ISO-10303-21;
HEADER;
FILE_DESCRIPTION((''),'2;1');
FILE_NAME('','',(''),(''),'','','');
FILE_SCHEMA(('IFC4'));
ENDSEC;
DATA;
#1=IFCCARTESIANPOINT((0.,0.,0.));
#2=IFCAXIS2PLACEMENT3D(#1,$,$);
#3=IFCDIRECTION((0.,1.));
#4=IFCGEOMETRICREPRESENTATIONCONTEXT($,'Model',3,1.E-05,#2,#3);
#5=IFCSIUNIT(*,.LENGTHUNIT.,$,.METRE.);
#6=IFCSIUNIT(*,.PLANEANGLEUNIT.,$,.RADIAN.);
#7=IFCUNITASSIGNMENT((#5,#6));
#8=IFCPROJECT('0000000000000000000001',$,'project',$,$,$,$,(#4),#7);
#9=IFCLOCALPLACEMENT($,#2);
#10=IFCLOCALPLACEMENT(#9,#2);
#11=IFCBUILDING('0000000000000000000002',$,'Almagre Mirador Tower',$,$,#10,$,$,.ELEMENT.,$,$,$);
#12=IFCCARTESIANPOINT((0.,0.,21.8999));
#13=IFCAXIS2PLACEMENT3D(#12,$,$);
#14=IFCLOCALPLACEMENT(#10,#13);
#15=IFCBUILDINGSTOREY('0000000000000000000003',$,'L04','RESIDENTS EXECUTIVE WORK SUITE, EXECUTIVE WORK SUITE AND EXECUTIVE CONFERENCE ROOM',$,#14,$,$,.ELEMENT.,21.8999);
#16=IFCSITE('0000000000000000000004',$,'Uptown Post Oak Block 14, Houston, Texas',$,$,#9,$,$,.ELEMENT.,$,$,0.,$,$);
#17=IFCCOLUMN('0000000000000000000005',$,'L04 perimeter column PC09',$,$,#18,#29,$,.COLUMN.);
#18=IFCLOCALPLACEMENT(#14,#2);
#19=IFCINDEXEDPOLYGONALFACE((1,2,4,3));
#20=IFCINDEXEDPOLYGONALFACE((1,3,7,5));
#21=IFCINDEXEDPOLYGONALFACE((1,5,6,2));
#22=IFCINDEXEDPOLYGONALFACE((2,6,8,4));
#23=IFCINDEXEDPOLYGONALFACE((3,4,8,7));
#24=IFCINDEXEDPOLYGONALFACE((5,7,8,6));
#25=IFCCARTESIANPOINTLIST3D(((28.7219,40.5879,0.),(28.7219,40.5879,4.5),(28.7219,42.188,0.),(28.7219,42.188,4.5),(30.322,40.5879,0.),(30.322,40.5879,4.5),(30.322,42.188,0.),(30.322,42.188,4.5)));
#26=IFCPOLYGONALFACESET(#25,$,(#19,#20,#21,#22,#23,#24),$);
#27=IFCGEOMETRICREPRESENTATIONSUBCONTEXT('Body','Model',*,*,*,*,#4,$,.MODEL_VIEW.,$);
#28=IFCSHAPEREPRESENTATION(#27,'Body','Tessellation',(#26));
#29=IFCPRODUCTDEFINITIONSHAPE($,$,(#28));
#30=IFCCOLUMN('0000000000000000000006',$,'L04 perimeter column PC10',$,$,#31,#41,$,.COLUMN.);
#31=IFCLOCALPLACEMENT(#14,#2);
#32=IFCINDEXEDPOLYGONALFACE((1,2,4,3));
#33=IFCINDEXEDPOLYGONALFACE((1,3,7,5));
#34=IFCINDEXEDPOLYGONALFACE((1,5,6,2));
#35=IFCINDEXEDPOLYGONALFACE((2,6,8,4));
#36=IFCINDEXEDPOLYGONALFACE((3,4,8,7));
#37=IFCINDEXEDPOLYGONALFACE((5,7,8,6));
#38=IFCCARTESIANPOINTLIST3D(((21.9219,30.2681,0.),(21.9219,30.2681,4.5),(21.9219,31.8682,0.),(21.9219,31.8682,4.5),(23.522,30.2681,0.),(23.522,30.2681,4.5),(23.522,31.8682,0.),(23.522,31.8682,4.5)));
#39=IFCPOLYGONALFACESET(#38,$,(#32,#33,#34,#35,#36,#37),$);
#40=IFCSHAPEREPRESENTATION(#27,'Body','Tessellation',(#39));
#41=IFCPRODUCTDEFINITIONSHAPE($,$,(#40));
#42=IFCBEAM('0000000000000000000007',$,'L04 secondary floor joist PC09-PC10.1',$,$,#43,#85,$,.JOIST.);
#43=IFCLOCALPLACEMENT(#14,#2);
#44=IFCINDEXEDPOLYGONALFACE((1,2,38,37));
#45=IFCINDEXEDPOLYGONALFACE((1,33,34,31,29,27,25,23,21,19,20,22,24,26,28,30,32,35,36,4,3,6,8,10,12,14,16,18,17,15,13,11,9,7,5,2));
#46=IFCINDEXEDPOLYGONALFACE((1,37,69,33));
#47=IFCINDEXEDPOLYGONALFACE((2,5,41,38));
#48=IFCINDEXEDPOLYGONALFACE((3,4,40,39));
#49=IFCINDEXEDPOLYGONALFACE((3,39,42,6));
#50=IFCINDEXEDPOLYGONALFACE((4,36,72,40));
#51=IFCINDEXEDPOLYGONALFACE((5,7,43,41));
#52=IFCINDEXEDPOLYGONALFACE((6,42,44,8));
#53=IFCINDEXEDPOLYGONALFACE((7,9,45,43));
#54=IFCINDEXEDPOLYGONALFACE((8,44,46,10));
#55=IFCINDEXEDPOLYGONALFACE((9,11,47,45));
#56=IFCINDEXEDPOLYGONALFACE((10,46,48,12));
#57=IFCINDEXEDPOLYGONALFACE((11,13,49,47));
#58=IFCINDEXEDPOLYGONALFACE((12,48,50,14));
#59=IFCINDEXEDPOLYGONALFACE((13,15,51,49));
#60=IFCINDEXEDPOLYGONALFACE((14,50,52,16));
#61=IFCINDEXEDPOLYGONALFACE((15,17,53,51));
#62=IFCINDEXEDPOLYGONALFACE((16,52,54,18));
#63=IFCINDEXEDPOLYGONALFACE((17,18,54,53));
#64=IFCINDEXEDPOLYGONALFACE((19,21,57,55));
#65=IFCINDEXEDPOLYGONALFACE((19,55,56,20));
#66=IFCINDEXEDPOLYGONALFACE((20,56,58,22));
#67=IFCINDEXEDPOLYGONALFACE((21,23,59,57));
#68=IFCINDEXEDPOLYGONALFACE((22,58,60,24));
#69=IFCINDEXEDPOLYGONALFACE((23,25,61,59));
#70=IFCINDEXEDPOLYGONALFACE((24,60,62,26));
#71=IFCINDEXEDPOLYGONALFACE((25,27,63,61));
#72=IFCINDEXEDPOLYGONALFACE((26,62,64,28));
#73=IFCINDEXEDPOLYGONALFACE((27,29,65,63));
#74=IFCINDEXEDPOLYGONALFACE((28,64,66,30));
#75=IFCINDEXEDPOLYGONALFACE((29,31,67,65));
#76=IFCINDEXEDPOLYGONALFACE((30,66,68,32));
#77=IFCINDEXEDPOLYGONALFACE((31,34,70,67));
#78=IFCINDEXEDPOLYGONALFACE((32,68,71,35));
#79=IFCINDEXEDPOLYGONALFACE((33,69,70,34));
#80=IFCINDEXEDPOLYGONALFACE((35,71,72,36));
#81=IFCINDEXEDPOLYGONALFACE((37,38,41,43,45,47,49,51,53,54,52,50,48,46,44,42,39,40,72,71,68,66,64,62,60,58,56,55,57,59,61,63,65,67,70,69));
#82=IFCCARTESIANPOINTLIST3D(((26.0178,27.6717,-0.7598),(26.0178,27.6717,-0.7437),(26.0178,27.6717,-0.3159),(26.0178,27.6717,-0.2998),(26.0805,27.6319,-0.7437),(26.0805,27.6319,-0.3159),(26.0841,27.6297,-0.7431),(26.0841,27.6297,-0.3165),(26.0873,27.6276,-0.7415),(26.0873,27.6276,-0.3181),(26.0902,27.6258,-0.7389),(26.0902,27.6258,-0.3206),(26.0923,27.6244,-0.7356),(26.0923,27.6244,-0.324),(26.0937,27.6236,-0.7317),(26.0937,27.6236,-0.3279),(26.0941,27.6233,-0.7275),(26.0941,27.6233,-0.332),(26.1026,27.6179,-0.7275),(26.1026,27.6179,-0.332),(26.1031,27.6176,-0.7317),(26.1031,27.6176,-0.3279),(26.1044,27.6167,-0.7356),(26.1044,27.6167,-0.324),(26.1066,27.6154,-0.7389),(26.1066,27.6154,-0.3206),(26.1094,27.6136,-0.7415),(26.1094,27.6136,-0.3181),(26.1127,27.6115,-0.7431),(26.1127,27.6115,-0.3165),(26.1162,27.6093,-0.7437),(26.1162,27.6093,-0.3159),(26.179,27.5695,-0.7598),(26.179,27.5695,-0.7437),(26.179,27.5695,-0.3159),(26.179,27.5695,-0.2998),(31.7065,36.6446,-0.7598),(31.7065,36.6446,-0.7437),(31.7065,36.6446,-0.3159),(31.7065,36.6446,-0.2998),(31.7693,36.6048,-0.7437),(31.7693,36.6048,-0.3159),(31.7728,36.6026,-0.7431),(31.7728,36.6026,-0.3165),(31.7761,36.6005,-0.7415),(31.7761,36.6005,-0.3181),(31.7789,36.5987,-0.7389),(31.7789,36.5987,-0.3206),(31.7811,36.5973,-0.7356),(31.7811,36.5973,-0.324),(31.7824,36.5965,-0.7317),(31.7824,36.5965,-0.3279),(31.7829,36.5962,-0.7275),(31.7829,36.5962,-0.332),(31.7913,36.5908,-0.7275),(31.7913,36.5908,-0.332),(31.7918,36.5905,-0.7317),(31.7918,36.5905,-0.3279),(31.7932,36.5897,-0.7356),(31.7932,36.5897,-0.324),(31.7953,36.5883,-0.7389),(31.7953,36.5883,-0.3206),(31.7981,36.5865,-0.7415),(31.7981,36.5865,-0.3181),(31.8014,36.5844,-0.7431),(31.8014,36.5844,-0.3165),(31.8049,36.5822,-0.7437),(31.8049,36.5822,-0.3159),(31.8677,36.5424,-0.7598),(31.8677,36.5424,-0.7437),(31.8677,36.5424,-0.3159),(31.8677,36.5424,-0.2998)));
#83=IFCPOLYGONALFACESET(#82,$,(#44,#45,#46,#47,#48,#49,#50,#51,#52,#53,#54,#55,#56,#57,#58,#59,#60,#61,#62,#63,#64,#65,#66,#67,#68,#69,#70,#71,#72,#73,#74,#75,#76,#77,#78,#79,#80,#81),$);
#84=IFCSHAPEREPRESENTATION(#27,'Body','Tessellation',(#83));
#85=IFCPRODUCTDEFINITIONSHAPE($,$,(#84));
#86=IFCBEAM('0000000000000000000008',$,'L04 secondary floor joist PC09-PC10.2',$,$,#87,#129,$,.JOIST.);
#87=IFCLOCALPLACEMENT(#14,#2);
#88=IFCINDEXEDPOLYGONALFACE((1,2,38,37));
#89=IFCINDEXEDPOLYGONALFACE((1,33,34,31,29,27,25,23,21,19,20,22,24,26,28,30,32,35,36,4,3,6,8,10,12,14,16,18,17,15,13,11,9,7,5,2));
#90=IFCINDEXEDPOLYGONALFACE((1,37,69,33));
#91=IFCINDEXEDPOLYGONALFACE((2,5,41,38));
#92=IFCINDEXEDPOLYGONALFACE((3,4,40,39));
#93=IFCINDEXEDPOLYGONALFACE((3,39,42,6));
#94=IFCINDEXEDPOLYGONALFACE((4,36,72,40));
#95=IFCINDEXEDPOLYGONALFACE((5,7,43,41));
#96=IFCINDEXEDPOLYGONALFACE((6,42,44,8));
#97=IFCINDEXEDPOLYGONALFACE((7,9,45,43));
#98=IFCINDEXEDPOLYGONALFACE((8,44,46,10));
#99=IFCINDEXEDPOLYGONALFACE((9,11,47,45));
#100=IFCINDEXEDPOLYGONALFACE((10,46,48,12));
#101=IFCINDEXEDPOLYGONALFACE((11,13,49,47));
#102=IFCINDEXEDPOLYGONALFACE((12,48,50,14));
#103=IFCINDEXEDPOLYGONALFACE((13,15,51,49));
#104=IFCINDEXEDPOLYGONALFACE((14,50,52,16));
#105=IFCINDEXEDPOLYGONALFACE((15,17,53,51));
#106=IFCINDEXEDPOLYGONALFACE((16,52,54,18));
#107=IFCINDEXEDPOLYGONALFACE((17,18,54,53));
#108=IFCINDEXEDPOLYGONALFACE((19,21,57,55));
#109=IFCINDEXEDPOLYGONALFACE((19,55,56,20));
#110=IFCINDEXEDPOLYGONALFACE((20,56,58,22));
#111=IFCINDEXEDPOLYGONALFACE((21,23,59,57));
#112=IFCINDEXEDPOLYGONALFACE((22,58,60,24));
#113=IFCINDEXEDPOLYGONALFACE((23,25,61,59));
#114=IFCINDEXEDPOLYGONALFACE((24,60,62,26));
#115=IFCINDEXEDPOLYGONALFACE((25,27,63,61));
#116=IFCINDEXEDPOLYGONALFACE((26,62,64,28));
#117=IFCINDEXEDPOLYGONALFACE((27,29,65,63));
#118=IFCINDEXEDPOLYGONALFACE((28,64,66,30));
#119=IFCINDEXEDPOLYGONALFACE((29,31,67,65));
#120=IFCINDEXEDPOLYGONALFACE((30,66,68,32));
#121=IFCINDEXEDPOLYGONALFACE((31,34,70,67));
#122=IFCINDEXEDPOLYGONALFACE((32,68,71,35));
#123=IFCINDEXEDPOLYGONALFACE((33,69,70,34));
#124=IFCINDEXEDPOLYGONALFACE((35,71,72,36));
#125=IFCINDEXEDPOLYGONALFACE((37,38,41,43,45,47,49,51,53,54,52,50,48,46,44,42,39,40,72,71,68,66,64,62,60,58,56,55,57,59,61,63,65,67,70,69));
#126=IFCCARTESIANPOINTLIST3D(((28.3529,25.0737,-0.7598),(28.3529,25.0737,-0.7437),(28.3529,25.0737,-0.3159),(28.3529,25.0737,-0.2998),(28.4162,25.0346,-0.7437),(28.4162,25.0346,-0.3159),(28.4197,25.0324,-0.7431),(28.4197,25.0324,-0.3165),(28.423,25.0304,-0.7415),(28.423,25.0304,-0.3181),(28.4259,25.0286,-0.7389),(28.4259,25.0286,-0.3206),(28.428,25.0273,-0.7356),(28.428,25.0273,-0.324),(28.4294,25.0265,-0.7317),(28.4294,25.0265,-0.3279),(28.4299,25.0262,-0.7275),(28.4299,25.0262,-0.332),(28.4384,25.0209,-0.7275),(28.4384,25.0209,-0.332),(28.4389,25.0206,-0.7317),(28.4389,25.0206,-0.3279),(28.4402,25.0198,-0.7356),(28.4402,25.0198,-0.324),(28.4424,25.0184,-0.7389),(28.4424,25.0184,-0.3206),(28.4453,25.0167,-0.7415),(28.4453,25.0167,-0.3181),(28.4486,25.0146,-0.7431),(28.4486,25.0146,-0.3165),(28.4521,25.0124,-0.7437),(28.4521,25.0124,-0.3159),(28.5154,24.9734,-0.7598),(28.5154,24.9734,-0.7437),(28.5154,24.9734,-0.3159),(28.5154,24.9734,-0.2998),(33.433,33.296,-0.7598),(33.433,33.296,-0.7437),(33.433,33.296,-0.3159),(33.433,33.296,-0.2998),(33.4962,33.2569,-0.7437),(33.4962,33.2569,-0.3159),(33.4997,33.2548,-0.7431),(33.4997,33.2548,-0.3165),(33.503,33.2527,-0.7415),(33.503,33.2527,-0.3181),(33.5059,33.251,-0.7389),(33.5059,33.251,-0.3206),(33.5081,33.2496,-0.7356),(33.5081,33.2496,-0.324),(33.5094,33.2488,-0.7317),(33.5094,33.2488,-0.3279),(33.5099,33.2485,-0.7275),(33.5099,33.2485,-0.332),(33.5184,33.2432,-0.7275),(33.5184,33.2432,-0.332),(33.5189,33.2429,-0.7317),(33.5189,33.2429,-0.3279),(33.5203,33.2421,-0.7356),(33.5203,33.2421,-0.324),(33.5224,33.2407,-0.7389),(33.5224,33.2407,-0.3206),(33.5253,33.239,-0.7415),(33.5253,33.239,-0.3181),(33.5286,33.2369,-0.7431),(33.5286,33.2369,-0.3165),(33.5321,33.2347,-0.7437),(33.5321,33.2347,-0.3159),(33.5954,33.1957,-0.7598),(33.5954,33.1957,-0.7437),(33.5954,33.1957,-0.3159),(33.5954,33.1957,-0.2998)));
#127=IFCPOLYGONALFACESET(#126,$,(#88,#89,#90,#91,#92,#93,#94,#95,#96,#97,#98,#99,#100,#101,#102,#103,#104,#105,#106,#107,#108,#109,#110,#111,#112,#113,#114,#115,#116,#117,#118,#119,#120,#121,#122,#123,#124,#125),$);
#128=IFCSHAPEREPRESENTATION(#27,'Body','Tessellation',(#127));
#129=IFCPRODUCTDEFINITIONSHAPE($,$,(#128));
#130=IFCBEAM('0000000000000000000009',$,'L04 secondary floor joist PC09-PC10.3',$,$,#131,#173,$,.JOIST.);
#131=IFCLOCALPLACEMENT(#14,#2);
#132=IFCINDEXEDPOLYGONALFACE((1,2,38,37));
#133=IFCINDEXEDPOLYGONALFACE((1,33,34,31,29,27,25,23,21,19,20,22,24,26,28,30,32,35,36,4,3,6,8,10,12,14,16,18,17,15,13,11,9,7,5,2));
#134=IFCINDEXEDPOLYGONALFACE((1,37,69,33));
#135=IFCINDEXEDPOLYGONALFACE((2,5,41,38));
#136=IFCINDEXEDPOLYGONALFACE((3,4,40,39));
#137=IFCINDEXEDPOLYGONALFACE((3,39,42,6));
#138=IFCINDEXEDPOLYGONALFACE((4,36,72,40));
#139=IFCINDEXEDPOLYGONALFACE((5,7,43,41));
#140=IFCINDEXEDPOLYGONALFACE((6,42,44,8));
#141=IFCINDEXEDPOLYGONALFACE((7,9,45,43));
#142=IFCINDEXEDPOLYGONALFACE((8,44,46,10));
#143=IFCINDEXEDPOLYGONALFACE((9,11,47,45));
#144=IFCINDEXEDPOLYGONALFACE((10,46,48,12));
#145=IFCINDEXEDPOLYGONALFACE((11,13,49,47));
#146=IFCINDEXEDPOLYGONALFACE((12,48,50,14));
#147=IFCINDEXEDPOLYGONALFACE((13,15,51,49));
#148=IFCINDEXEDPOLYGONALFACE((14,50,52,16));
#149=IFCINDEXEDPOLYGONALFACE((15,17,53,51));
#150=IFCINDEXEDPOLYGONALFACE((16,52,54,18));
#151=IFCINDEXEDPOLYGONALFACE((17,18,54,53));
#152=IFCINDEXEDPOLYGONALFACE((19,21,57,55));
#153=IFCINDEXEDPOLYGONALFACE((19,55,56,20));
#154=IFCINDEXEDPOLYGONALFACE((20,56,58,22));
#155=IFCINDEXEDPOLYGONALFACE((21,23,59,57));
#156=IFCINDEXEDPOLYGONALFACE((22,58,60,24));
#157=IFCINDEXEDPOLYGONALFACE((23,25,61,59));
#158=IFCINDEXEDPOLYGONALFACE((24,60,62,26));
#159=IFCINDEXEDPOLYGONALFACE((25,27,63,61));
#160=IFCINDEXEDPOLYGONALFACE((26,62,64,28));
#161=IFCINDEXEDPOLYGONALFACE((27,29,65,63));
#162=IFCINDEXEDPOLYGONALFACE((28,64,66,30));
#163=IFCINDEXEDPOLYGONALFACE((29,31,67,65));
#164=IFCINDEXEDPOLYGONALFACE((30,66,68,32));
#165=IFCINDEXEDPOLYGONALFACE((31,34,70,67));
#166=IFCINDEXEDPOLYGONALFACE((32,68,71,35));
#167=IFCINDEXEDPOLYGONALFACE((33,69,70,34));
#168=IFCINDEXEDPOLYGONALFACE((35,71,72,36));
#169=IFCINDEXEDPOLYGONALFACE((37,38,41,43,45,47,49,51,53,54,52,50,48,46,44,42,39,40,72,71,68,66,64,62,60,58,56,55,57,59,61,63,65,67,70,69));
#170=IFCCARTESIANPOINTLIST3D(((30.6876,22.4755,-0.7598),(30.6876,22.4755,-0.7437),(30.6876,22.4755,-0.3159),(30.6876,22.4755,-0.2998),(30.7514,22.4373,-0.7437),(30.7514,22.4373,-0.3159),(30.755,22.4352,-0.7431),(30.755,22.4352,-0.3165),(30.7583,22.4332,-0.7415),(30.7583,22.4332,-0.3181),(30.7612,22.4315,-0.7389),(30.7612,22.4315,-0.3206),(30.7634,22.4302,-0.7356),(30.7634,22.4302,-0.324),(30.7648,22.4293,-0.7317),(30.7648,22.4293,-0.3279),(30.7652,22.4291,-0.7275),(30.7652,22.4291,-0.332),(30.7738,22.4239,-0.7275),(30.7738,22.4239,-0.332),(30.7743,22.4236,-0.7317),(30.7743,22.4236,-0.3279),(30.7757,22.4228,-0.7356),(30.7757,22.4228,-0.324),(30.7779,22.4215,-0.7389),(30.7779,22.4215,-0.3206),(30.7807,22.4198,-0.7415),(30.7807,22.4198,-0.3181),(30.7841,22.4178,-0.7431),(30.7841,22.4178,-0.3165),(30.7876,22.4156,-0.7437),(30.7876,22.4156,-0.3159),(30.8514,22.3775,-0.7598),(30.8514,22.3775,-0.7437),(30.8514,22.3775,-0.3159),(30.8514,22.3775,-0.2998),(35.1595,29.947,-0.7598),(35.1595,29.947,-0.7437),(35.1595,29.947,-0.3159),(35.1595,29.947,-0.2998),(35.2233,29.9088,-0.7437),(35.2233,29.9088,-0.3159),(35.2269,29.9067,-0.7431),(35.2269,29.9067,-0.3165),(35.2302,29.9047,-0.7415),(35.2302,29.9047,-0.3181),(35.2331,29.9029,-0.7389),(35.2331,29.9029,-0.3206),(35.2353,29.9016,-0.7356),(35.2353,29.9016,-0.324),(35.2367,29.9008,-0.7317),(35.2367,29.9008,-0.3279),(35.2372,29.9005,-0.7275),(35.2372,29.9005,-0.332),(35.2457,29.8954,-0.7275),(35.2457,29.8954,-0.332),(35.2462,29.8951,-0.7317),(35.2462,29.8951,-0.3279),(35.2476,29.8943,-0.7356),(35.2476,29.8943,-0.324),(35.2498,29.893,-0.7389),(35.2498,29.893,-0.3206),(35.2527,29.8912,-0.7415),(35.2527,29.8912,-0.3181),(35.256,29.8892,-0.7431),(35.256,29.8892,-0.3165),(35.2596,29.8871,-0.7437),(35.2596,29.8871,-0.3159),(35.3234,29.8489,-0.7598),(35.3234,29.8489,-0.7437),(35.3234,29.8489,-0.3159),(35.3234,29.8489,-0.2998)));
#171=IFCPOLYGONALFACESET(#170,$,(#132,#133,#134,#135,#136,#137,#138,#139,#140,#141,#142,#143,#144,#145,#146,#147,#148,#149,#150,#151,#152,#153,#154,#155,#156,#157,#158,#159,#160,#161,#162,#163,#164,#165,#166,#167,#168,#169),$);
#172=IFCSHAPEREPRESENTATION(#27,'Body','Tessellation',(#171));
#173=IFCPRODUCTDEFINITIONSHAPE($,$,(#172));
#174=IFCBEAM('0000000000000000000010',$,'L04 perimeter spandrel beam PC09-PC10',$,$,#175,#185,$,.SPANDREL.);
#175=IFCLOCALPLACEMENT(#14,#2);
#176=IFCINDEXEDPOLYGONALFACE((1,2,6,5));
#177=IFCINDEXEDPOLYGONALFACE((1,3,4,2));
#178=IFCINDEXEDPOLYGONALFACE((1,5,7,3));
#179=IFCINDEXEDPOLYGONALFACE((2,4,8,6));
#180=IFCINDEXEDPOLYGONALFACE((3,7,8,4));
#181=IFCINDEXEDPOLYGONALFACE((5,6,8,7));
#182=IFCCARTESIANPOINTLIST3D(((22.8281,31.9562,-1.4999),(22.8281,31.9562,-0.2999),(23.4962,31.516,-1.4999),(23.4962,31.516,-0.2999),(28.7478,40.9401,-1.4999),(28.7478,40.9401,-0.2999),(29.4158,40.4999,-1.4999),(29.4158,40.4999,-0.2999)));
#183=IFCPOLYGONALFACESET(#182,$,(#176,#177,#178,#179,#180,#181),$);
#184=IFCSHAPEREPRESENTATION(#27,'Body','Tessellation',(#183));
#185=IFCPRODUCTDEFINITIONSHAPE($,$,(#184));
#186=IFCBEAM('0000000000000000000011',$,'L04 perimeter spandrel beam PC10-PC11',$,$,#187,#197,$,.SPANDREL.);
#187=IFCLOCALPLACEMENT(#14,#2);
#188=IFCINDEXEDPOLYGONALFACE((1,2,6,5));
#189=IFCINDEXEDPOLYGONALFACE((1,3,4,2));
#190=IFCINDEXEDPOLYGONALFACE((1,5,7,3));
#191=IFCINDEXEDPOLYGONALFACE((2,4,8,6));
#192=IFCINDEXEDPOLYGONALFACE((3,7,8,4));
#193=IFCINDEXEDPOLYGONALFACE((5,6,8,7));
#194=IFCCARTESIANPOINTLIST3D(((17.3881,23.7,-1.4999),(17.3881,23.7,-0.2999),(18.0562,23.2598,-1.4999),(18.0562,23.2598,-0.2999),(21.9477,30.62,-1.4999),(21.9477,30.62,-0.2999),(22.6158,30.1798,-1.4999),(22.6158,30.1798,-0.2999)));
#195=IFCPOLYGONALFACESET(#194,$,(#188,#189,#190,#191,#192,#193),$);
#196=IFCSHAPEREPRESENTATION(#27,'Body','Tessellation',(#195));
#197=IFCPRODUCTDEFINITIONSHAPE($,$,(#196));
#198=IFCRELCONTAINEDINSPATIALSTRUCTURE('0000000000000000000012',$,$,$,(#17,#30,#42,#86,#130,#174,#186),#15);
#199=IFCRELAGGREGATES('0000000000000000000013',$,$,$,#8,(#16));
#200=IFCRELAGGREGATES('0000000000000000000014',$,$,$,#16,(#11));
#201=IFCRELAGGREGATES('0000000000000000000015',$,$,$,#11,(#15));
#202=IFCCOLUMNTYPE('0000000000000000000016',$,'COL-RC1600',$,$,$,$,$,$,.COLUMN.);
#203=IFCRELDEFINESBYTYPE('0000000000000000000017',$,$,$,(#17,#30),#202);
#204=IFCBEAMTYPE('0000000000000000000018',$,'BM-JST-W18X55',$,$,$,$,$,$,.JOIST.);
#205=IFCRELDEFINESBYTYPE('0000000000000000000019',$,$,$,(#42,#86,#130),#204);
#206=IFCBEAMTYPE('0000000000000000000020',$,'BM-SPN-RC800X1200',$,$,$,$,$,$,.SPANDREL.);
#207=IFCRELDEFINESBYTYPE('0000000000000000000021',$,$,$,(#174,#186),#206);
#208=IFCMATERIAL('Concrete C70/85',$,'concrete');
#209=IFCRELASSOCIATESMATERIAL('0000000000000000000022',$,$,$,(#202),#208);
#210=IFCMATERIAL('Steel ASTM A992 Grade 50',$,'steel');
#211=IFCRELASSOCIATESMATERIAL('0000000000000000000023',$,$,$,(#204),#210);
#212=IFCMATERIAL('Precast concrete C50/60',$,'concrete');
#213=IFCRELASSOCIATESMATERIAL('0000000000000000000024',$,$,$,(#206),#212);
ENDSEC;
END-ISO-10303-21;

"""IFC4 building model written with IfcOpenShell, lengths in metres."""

from ifc_helpers import new_model, si_unit, direction, frame, origin, origin_2d, place, context, subcontext, project, spatial, rectangle, i_section, extrude, material, material_profile, profile_set, type_object, element, save


model = new_model("IFC4")

# Units and contexts
model_context = context("Model", 3, precision=1e-05, world=origin(), true_north=direction((0.0, 1.0)))
body_context = subcontext(model_context, "Body", "Model", "MODEL_VIEW")
ifc_project = project(units=[si_unit("LENGTHUNIT", "METRE"), si_unit("PLANEANGLEUNIT", "RADIAN")], contexts=[model_context])

# Site, building, storey
site_placement = place(None, origin())
site = spatial("IfcSite", under=ifc_project, at=site_placement, Name="Uptown Post Oak Block 14, Houston, Texas", CompositionType="ELEMENT", RefElevation=0.0)
building_placement = place(site_placement, origin())
building = spatial("IfcBuilding", under=site, at=building_placement, Name="Almagre Mirador Tower", CompositionType="ELEMENT")
storey_placement = place(building_placement, frame((0.0, 0.0, 21.8999)))
storey = spatial("IfcBuildingStorey", under=building, at=storey_placement, Name="L04", Description="RESIDENTS EXECUTIVE WORK SUITE, EXECUTIVE WORK SUITE AND EXECUTIVE CONFERENCE ROOM", CompositionType="ELEMENT", Elevation=21.8999)

# Columns
ifc_material_1 = material(Name="Concrete C70/85", Category="concrete")
ifc_material_profile_1 = material_profile(ifc_material_1, rectangle(XDim=1.6001, YDim=1.6001, at=origin_2d()), Name="RC1600X1600")
ifc_profile_set_1 = profile_set([ifc_material_profile_1], Name="Concrete C70/85")
column_type = type_object("IfcColumnType", Name="COL-RC1600", PredefinedType="COLUMN", material=ifc_profile_set_1)
for number, where, z_axis, x_axis, name in (
    (1, (29.522, 41.3879, 0.0), (0.0, 0.0, 1.0), (1.0, 0.0, 0.0), "L04 perimeter column PC09"),
    (2, (22.7219, 31.0681, 0.0), (0.0, 0.0, 1.0), (1.0, 0.0, 0.0), "L04 perimeter column PC10"),
):
    element("IfcColumn", number, at=place(storey_placement, frame(where, z_axis=z_axis, x_axis=x_axis)), inside=storey, type_object=column_type, Name=name, PredefinedType="COLUMN", context=body_context, shape_type="SweptSolid", body=[
        extrude(rectangle(XDim=1.6001, YDim=1.6001, at=origin_2d()), origin(), (0.0, 0.0, 1.0), 4.5),
    ])

# Beams
ifc_material_2 = material(Name="Steel ASTM A992 Grade 50", Category="steel")
ifc_material_profile_2 = material_profile(ifc_material_2, i_section(OverallWidth=0.1909, OverallDepth=0.46, WebThickness=0.01, FlangeThickness=0.0161, FilletRadius=0.0161, at=origin_2d()), Name="W18X55")
ifc_profile_set_2 = profile_set([ifc_material_profile_2], Name="Steel ASTM A992 Grade 50")
beam_type_1 = type_object("IfcBeamType", Name="BM-JST-W18X55", PredefinedType="JOIST", material=ifc_profile_set_2)
beam_1_placement = place(storey_placement, frame((31.7871, 36.5935, -0.5298), z_axis=(-0.535447, -0.844569, 0.0), x_axis=(0.844569, -0.535447, 0.0)))
element("IfcBeam", 3, at=beam_1_placement, inside=storey, type_object=beam_type_1, Name="L04 secondary floor joist PC09-PC10.1", PredefinedType="JOIST", context=body_context, shape_type="SweptSolid", body=[
    extrude(i_section(OverallWidth=0.1909, OverallDepth=0.46, WebThickness=0.01, FlangeThickness=0.0161, FilletRadius=0.0161, at=origin_2d()), origin(), (0.0, 0.0, 1.0), 10.6243),
])
beam_2_placement = place(storey_placement, frame((33.5142, 33.2458, -0.5298), z_axis=(-0.525607, -0.850727, 0.0), x_axis=(0.850727, -0.525607, 0.0)))
element("IfcBeam", 4, at=beam_2_placement, inside=storey, type_object=beam_type_1, Name="L04 secondary floor joist PC09-PC10.2", PredefinedType="JOIST", context=body_context, shape_type="SweptSolid", body=[
    extrude(i_section(OverallWidth=0.1909, OverallDepth=0.46, WebThickness=0.01, FlangeThickness=0.0161, FilletRadius=0.0161, at=origin_2d()), origin(), (0.0, 0.0, 1.0), 9.665),
])
beam_3_placement = place(storey_placement, frame((35.2415, 29.8979, -0.5298), z_axis=(-0.513572, -0.858047, 0.0), x_axis=(0.858047, -0.513572, 0.0)))
element("IfcBeam", 5, at=beam_3_placement, inside=storey, type_object=beam_type_1, Name="L04 secondary floor joist PC09-PC10.3", PredefinedType="JOIST", context=body_context, shape_type="SweptSolid", body=[
    extrude(i_section(OverallWidth=0.1909, OverallDepth=0.46, WebThickness=0.01, FlangeThickness=0.0161, FilletRadius=0.0161, at=origin_2d()), origin(), (0.0, 0.0, 1.0), 8.7075),
])
ifc_material_3 = material(Name="Precast concrete C50/60", Category="concrete")
ifc_material_profile_3 = material_profile(ifc_material_3, rectangle(XDim=0.8, YDim=1.2, at=origin_2d()), Name="RC800X1200")
ifc_profile_set_3 = profile_set([ifc_material_profile_3], Name="Precast concrete C50/60")
beam_type_2 = type_object("IfcBeamType", Name="BM-SPN-RC800X1200", PredefinedType="SPANDREL", material=ifc_profile_set_3)
beam_4_placement = place(storey_placement, frame((29.0818, 40.72, -0.8999), z_axis=(-0.550215, -0.835023, 0.0), x_axis=(0.835023, -0.550215, 0.0)))
element("IfcBeam", 6, at=beam_4_placement, inside=storey, type_object=beam_type_2, Name="L04 perimeter spandrel beam PC09-PC10", PredefinedType="SPANDREL", context=body_context, shape_type="SweptSolid", body=[
    extrude(rectangle(XDim=0.8, YDim=1.2, at=origin_2d()), origin(), (0.0, 0.0, 1.0), 10.7588),
])
beam_5_placement = place(storey_placement, frame((22.2817, 30.3999, -0.8999), z_axis=(-0.550205, -0.83503, 0.0), x_axis=(0.83503, -0.550205, 0.0)))
element("IfcBeam", 7, at=beam_5_placement, inside=storey, type_object=beam_type_2, Name="L04 perimeter spandrel beam PC10-PC11", PredefinedType="SPANDREL", context=body_context, shape_type="SweptSolid", body=[
    extrude(rectangle(XDim=0.8, YDim=1.2, at=origin_2d()), origin(), (0.0, 0.0, 1.0), 8.2871),
])

save(model, "model.ifc")
